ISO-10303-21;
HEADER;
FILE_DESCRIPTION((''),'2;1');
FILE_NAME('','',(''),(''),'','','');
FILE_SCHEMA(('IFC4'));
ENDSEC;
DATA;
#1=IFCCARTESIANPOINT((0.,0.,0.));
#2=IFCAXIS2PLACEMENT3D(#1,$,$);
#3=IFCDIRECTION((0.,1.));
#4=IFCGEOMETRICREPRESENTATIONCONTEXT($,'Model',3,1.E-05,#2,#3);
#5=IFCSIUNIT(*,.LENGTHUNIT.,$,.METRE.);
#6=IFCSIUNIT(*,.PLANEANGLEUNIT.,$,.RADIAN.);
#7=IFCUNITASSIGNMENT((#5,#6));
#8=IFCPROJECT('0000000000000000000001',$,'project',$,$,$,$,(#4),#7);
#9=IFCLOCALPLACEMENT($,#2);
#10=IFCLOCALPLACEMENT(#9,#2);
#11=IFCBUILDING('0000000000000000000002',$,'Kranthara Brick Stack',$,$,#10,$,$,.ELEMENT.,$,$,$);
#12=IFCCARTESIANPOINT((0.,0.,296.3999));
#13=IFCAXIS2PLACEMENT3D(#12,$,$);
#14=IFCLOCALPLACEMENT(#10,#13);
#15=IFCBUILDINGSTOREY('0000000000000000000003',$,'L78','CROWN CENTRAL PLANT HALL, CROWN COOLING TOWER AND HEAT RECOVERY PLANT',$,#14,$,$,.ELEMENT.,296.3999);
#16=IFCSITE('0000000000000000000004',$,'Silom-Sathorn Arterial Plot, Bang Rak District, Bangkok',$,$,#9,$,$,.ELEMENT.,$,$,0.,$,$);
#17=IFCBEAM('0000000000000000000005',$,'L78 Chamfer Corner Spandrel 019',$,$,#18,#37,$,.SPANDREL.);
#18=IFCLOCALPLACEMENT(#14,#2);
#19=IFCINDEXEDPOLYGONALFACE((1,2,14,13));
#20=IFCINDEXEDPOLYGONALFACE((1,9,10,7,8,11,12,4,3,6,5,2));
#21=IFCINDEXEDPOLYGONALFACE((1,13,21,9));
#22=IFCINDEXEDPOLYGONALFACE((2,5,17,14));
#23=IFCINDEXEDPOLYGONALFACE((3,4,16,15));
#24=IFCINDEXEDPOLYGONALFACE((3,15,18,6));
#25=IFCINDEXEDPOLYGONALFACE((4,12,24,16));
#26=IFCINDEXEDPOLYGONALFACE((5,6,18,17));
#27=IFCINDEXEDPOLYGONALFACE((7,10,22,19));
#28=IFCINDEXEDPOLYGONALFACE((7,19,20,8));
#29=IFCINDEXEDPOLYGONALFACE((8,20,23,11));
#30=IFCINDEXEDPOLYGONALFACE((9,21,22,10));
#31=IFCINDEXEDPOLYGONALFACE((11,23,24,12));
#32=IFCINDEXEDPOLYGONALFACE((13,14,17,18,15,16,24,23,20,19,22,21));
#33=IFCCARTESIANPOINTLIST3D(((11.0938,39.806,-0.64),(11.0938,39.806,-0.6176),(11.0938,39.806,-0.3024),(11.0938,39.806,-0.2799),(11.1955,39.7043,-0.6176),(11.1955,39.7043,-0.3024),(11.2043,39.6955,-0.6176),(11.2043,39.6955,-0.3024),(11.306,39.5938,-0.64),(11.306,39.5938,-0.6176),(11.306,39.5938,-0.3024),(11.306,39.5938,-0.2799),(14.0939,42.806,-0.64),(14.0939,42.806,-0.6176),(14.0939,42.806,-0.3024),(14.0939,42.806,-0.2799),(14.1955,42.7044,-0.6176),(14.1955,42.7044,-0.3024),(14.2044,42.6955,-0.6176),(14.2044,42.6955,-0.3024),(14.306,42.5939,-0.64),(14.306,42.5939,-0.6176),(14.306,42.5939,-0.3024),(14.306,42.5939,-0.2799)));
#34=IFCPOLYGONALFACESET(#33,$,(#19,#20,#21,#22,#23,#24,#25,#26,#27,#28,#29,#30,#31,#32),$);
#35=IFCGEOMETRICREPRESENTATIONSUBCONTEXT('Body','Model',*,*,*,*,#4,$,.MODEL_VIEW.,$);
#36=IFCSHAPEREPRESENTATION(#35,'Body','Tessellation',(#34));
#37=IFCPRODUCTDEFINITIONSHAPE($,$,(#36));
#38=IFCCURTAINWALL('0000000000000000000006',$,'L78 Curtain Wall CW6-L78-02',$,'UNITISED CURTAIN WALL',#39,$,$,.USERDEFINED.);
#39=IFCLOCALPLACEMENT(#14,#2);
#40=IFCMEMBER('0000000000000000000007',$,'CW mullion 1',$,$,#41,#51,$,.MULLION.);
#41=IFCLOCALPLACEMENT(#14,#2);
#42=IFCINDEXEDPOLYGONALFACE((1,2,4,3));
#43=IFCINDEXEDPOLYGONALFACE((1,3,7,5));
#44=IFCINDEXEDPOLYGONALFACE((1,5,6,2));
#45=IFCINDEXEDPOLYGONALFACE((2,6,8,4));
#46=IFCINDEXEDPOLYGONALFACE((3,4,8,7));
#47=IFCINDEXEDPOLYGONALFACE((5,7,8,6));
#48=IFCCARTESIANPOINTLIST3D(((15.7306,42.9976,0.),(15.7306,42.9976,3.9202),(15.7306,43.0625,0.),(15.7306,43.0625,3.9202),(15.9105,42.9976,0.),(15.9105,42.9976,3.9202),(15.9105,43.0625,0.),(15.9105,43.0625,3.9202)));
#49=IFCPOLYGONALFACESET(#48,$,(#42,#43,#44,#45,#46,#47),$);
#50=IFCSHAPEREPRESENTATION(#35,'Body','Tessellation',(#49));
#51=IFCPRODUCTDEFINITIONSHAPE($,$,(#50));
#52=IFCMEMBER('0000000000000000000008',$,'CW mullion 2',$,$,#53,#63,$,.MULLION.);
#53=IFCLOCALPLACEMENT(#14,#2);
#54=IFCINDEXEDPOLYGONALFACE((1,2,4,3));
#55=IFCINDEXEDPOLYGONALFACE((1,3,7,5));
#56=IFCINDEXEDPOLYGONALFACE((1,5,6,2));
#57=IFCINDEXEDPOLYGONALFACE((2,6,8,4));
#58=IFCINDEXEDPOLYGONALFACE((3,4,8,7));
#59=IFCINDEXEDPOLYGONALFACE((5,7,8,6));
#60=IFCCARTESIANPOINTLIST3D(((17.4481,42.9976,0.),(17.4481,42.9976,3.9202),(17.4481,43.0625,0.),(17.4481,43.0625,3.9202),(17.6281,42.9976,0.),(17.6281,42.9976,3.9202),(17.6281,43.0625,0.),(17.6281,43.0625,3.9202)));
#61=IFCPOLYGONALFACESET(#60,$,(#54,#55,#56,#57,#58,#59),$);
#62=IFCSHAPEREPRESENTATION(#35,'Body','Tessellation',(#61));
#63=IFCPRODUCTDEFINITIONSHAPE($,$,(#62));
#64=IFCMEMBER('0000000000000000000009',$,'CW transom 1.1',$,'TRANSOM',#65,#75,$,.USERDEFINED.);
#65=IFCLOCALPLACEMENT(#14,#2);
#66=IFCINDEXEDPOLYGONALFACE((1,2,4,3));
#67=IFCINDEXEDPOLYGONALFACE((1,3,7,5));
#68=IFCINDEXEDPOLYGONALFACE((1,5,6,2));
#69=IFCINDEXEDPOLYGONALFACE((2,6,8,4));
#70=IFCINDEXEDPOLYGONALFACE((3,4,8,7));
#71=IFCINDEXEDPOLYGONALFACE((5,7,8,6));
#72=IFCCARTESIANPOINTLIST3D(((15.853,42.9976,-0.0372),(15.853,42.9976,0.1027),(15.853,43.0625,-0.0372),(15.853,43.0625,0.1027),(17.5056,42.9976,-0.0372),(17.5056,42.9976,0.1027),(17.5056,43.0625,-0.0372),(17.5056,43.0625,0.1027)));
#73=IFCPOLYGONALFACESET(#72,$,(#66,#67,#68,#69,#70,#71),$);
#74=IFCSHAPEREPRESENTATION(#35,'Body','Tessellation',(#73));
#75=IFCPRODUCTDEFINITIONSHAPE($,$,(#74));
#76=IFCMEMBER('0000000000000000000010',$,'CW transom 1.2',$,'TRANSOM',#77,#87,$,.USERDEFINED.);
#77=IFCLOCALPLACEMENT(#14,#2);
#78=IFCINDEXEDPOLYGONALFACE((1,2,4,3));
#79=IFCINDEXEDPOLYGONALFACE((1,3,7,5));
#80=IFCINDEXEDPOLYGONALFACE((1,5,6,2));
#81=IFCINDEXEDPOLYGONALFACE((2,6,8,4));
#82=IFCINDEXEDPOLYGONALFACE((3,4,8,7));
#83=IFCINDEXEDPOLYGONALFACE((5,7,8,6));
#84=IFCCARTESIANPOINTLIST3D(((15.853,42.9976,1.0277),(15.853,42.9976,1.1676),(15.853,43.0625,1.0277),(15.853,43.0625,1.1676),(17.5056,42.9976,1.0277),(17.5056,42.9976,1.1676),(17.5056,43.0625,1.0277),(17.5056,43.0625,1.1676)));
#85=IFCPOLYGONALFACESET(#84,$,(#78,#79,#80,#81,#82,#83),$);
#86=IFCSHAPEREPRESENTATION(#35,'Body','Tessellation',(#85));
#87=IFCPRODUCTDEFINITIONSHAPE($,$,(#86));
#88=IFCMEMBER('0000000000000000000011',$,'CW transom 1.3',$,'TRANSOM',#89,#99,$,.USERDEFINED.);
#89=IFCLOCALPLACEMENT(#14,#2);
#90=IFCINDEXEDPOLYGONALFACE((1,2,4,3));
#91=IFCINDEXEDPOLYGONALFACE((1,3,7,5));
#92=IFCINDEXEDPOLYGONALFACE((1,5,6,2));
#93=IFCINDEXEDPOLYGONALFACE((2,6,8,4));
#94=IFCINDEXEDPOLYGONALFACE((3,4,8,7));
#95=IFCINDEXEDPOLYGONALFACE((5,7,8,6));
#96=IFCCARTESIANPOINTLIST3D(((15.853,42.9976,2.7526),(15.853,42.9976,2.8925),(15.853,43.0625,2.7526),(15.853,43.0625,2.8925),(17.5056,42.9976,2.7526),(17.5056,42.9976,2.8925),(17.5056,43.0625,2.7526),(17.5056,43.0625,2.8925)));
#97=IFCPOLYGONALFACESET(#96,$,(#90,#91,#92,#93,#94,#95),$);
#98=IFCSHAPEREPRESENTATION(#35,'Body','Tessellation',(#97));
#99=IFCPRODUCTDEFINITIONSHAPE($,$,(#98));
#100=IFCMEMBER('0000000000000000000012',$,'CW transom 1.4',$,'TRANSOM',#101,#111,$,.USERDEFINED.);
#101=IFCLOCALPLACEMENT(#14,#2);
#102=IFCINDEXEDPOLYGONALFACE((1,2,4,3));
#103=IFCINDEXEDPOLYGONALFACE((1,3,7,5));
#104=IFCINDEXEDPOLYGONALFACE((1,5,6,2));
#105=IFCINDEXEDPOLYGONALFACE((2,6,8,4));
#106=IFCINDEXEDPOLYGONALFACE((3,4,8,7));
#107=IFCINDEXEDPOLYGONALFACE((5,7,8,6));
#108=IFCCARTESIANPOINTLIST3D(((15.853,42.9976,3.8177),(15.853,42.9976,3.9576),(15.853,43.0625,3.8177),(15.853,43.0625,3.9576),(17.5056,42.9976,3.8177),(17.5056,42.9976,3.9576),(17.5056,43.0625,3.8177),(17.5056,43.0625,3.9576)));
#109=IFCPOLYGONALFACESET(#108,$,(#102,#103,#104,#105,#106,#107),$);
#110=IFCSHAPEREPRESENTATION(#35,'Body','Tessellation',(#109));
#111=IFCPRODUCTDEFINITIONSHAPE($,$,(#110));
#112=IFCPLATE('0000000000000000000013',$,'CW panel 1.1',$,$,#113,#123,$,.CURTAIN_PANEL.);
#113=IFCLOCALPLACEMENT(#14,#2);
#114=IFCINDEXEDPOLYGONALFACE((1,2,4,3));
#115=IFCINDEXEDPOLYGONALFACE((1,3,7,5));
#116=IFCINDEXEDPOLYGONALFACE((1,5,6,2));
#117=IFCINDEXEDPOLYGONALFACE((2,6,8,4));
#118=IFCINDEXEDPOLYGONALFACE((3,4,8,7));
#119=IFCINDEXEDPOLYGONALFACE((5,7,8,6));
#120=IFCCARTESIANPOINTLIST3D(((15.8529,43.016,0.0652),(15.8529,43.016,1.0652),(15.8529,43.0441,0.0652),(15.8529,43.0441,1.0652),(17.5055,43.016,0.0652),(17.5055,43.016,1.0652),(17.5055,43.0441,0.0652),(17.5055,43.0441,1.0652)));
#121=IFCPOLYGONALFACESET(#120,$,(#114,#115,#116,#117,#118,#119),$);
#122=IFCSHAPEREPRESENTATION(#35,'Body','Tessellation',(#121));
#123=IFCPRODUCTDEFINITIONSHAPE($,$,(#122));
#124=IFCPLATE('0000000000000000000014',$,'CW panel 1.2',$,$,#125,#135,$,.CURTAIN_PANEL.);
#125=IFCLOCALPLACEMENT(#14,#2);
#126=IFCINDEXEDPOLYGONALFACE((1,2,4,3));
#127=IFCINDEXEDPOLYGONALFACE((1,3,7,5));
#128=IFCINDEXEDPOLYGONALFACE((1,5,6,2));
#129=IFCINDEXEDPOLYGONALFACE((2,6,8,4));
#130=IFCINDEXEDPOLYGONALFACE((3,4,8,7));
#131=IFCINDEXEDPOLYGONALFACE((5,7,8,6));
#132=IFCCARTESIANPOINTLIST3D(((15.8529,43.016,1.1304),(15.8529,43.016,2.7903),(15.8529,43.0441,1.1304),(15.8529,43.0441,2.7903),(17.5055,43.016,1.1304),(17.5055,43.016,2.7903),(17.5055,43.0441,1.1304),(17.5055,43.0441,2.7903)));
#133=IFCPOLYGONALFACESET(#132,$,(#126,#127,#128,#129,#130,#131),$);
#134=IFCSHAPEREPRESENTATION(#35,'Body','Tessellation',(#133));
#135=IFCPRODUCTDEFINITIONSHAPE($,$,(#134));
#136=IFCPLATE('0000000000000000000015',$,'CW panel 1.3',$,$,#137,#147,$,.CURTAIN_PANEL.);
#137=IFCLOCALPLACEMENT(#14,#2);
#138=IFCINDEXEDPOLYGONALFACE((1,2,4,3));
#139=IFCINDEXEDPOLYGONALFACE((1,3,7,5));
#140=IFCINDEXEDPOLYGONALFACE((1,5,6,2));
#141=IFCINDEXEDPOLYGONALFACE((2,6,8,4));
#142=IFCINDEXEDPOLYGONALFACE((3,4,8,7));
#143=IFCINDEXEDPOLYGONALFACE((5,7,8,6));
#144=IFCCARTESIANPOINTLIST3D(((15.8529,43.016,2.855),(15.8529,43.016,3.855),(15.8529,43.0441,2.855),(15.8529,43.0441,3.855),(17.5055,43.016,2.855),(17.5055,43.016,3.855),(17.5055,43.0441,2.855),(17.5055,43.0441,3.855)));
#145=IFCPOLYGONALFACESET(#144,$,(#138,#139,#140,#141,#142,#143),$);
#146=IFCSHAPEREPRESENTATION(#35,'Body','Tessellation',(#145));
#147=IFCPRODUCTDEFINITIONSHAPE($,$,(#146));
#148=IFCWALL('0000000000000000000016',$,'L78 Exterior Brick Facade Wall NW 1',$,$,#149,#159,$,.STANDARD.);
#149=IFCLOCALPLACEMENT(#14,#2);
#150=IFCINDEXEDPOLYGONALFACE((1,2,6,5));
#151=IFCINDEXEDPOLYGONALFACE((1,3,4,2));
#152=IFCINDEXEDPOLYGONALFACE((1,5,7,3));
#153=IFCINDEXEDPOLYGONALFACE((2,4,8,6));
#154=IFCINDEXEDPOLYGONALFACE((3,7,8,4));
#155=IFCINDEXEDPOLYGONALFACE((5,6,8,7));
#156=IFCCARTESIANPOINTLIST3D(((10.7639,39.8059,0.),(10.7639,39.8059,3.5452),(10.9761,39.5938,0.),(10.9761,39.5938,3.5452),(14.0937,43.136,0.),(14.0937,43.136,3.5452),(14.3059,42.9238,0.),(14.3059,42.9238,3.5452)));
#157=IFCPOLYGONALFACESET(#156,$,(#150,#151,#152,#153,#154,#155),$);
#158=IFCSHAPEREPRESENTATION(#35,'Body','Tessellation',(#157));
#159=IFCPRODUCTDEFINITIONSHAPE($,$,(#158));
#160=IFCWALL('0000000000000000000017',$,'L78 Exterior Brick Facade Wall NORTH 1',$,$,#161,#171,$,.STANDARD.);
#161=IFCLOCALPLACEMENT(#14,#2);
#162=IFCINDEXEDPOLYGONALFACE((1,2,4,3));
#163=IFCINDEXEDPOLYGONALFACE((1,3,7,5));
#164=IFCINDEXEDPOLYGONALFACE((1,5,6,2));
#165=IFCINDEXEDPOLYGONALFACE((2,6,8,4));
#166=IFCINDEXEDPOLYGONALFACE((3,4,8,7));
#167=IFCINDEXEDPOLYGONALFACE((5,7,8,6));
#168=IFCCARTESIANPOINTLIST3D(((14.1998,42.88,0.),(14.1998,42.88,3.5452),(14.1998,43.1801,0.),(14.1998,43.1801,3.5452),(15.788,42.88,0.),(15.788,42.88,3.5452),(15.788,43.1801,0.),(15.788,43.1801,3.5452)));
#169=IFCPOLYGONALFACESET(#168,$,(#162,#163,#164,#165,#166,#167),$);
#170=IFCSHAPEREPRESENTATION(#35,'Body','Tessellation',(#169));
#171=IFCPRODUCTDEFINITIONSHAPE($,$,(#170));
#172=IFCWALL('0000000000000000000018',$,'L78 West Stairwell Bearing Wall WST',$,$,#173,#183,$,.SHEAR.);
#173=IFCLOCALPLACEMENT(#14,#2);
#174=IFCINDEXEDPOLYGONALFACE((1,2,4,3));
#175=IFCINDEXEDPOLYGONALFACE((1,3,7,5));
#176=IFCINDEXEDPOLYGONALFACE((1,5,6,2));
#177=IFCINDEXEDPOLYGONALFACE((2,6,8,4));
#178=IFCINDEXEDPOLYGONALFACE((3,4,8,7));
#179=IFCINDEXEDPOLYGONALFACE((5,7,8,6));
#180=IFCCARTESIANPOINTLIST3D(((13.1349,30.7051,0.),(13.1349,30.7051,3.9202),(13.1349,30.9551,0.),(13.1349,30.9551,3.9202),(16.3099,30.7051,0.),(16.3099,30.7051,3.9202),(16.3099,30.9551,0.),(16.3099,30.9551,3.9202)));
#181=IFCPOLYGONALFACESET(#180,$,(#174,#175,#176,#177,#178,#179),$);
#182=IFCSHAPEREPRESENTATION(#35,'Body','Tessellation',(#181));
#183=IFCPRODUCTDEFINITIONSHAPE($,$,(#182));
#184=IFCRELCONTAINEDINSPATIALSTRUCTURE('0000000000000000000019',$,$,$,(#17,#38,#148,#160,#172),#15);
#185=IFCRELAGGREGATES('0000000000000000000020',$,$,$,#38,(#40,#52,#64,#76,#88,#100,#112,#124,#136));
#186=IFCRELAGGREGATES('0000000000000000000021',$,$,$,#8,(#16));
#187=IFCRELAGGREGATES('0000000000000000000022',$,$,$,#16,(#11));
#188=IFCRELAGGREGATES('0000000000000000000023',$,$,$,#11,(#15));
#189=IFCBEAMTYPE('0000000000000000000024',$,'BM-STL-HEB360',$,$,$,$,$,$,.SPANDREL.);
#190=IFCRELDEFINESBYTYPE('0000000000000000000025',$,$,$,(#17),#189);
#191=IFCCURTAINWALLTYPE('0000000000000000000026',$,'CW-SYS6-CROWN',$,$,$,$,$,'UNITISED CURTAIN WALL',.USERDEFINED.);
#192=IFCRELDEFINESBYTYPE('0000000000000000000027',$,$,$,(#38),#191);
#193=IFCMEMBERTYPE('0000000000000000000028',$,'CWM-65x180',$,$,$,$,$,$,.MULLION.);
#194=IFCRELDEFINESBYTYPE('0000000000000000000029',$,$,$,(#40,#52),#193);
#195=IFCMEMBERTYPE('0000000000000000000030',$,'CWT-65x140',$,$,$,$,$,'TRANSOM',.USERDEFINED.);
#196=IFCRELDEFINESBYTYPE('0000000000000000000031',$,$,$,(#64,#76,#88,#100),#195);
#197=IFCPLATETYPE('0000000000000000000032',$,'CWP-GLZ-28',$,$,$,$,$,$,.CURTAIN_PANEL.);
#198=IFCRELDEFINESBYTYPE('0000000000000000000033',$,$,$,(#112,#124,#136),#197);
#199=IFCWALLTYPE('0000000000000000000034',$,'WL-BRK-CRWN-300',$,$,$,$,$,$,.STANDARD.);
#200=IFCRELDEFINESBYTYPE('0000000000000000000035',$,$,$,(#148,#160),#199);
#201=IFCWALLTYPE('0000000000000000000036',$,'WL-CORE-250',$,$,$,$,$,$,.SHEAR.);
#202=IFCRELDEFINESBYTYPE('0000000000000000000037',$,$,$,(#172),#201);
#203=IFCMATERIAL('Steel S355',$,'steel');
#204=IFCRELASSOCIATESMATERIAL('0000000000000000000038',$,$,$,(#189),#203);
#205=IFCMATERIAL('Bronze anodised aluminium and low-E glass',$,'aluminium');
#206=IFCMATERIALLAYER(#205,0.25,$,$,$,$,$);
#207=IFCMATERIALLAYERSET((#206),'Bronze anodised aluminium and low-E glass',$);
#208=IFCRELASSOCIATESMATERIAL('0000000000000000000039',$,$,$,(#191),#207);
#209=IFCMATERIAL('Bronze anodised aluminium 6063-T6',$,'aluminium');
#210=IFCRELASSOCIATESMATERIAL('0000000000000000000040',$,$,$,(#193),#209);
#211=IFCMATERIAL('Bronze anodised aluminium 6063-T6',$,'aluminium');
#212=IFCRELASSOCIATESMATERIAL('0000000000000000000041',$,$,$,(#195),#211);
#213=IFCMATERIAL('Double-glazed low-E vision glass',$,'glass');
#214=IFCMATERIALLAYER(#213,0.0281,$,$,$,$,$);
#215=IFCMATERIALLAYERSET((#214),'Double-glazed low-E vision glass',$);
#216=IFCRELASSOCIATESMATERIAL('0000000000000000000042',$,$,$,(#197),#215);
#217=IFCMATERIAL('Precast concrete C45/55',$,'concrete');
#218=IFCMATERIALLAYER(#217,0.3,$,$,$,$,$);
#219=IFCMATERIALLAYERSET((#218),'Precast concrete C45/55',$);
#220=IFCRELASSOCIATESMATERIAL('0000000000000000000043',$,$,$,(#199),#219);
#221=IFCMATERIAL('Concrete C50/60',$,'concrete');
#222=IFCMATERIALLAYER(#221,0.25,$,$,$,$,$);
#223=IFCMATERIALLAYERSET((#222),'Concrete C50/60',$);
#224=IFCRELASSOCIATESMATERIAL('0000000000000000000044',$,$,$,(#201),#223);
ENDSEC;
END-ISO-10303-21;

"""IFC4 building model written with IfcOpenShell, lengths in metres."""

from ifc_helpers import new_model, si_unit, direction, frame, frame_2d, origin, origin_2d, place, context, subcontext, project, spatial, rectangle, i_section, extrude, material, layer, layer_set, material_profile, profile_set, type_object, element, aggregate, save


model = new_model("IFC4")

# Units and contexts
model_context = context("Model", 3, precision=1e-05, world=origin(), true_north=direction((0.0, 1.0)))
body_context = subcontext(model_context, "Body", "Model", "MODEL_VIEW")
ifc_project = project(units=[si_unit("LENGTHUNIT", "METRE"), si_unit("PLANEANGLEUNIT", "RADIAN")], contexts=[model_context])

# Site, building, storey
site_placement = place(None, origin())
site = spatial("IfcSite", under=ifc_project, at=site_placement, Name="Silom-Sathorn Arterial Plot, Bang Rak District, Bangkok", CompositionType="ELEMENT", RefElevation=0.0)
building_placement = place(site_placement, origin())
building = spatial("IfcBuilding", under=site, at=building_placement, Name="Kranthara Brick Stack", CompositionType="ELEMENT")
storey_placement = place(building_placement, frame((0.0, 0.0, 296.3999)))
storey = spatial("IfcBuildingStorey", under=building, at=storey_placement, Name="L78", Description="CROWN CENTRAL PLANT HALL, CROWN COOLING TOWER AND HEAT RECOVERY PLANT", CompositionType="ELEMENT", Elevation=296.3999)

# Beam
ifc_material_1 = material(Name="Steel S355", Category="steel")
ifc_material_profile_1 = material_profile(ifc_material_1, i_section(OverallWidth=0.3, OverallDepth=0.3601, WebThickness=0.0125, FlangeThickness=0.0225, at=origin_2d()), Name="HEB 360")
ifc_profile_set_1 = profile_set([ifc_material_profile_1], Name="Steel S355")
beam_type_1 = type_object("IfcBeamType", Name="BM-STL-HEB360", PredefinedType="SPANDREL", material=ifc_profile_set_1)
beam_1_placement = place(storey_placement, frame((14.2, 42.7, -0.46), z_axis=(-0.707107, -0.707107, 0.0), x_axis=(0.707107, -0.707107, 0.0)))
element("IfcBeam", 1, at=beam_1_placement, inside=storey, type_object=beam_type_1, Name="L78 Chamfer Corner Spandrel 019", PredefinedType="SPANDREL", context=body_context, shape_type="SweptSolid", body=[
    extrude(i_section(OverallWidth=0.3, OverallDepth=0.3601, WebThickness=0.0125, FlangeThickness=0.0225, at=origin_2d()), origin(), (0.0, 0.0, 1.0), 4.2427),
])

# Curtain wall, members, plates
ifc_material_2 = material(Name="Bronze anodised aluminium and low-E glass", Category="aluminium")
ifc_layer_1 = layer(ifc_material_2, 0.25)
ifc_layer_set_1 = layer_set([ifc_layer_1], Name="Bronze anodised aluminium and low-E glass")
curtain_wall_type = type_object("IfcCurtainWallType", Name="CW-SYS6-CROWN", ElementType="UNITISED CURTAIN WALL", PredefinedType="USERDEFINED", material=ifc_layer_set_1)
curtain_wall_placement = place(storey_placement, origin())
curtain_wall = element("IfcCurtainWall", 2, at=curtain_wall_placement, inside=storey, type_object=curtain_wall_type, Name="L78 Curtain Wall CW6-L78-02", ObjectType="UNITISED CURTAIN WALL", PredefinedType="USERDEFINED")
ifc_material_3 = material(Name="Bronze anodised aluminium 6063-T6", Category="aluminium")
ifc_material_profile_2 = material_profile(ifc_material_3, rectangle(XDim=0.0649, YDim=0.1799, at=origin_2d()), Name="ALU MULLION 65x180")
ifc_profile_set_2 = profile_set([ifc_material_profile_2], Name="Bronze anodised aluminium 6063-T6")
member_type_1 = type_object("IfcMemberType", Name="CWM-65x180", PredefinedType="MULLION", material=ifc_profile_set_2)
member_1_placement = place(storey_placement, frame((15.8206, 43.03, 0.0), z_axis=(0.0, 0.0, 1.0), x_axis=(0.0, 1.0, 0.0)))
member_1 = element("IfcMember", 3, at=member_1_placement, type_object=member_type_1, Name="CW mullion 1", PredefinedType="MULLION", context=body_context, shape_type="SweptSolid", body=[
    extrude(rectangle(XDim=0.0649, YDim=0.1799, at=origin_2d()), origin(), (0.0, 0.0, 1.0), 3.9202),
])
member_2_placement = place(storey_placement, frame((17.5381, 43.03, 0.0), z_axis=(0.0, 0.0, 1.0), x_axis=(0.0, 1.0, 0.0)))
member_2 = element("IfcMember", 4, at=member_2_placement, type_object=member_type_1, Name="CW mullion 2", PredefinedType="MULLION", context=body_context, shape_type="SweptSolid", body=[
    extrude(rectangle(XDim=0.0649, YDim=0.1799, at=origin_2d()), origin(), (0.0, 0.0, 1.0), 3.9202),
])
ifc_material_4 = material(Name="Bronze anodised aluminium 6063-T6", Category="aluminium")
ifc_material_profile_3 = material_profile(ifc_material_4, rectangle(XDim=0.0649, YDim=0.1399, at=origin_2d()), Name="ALU TRANSOM 65x140")
ifc_profile_set_3 = profile_set([ifc_material_profile_3], Name="Bronze anodised aluminium 6063-T6")
member_type_2 = type_object("IfcMemberType", Name="CWT-65x140", ElementType="TRANSOM", PredefinedType="USERDEFINED", material=ifc_profile_set_3)
member_3_placement = place(storey_placement, frame((15.853, 43.03, 0.0327), z_axis=(1.0, 0.0, 0.0), x_axis=(0.0, 1.0, 0.0)))
member_3 = element("IfcMember", 5, at=member_3_placement, type_object=member_type_2, Name="CW transom 1.1", ObjectType="TRANSOM", PredefinedType="USERDEFINED", context=body_context, shape_type="SweptSolid", body=[
    extrude(rectangle(XDim=0.0649, YDim=0.1399, at=origin_2d()), origin(), (0.0, 0.0, 1.0), 1.6526),
])
member_4_placement = place(storey_placement, frame((15.853, 43.03, 1.0977), z_axis=(1.0, 0.0, 0.0), x_axis=(0.0, 1.0, 0.0)))
member_4 = element("IfcMember", 6, at=member_4_placement, type_object=member_type_2, Name="CW transom 1.2", ObjectType="TRANSOM", PredefinedType="USERDEFINED", context=body_context, shape_type="SweptSolid", body=[
    extrude(rectangle(XDim=0.0649, YDim=0.1399, at=origin_2d()), origin(), (0.0, 0.0, 1.0), 1.6526),
])
member_5_placement = place(storey_placement, frame((15.853, 43.03, 2.8225), z_axis=(1.0, 0.0, 0.0), x_axis=(0.0, 1.0, 0.0)))
member_5 = element("IfcMember", 7, at=member_5_placement, type_object=member_type_2, Name="CW transom 1.3", ObjectType="TRANSOM", PredefinedType="USERDEFINED", context=body_context, shape_type="SweptSolid", body=[
    extrude(rectangle(XDim=0.0649, YDim=0.1399, at=origin_2d()), origin(), (0.0, 0.0, 1.0), 1.6526),
])
member_6_placement = place(storey_placement, frame((15.853, 43.03, 3.8877), z_axis=(1.0, 0.0, 0.0), x_axis=(0.0, 1.0, 0.0)))
member_6 = element("IfcMember", 8, at=member_6_placement, type_object=member_type_2, Name="CW transom 1.4", ObjectType="TRANSOM", PredefinedType="USERDEFINED", context=body_context, shape_type="SweptSolid", body=[
    extrude(rectangle(XDim=0.0649, YDim=0.1399, at=origin_2d()), origin(), (0.0, 0.0, 1.0), 1.6526),
])
ifc_material_5 = material(Name="Double-glazed low-E vision glass", Category="glass")
ifc_layer_2 = layer(ifc_material_5, 0.0281)
ifc_layer_set_2 = layer_set([ifc_layer_2], Name="Double-glazed low-E vision glass")
plate_type = type_object("IfcPlateType", Name="CWP-GLZ-28", PredefinedType="CURTAIN_PANEL", material=ifc_layer_set_2)
plate_1_placement = place(storey_placement, frame((16.6792, 43.03, 0.0652), z_axis=(0.0, 0.0, 1.0), x_axis=(1.0, 0.0, 0.0)))
plate_1 = element("IfcPlate", 9, at=plate_1_placement, type_object=plate_type, Name="CW panel 1.1", PredefinedType="CURTAIN_PANEL", context=body_context, shape_type="SweptSolid", body=[
    extrude(rectangle(XDim=1.6526, YDim=0.0281, at=origin_2d()), origin(), (0.0, 0.0, 1.0), 1.0),
])
plate_2_placement = place(storey_placement, frame((16.6792, 43.03, 1.1304), z_axis=(0.0, 0.0, 1.0), x_axis=(1.0, 0.0, 0.0)))
plate_2 = element("IfcPlate", 10, at=plate_2_placement, type_object=plate_type, Name="CW panel 1.2", PredefinedType="CURTAIN_PANEL", context=body_context, shape_type="SweptSolid", body=[
    extrude(rectangle(XDim=1.6526, YDim=0.0281, at=origin_2d()), origin(), (0.0, 0.0, 1.0), 1.6599),
])
plate_3_placement = place(storey_placement, frame((16.6792, 43.03, 2.855), z_axis=(0.0, 0.0, 1.0), x_axis=(1.0, 0.0, 0.0)))
plate_3 = element("IfcPlate", 11, at=plate_3_placement, type_object=plate_type, Name="CW panel 1.3", PredefinedType="CURTAIN_PANEL", context=body_context, shape_type="SweptSolid", body=[
    extrude(rectangle(XDim=1.6526, YDim=0.0281, at=origin_2d()), origin(), (0.0, 0.0, 1.0), 1.0),
])
aggregate(curtain_wall, [member_1, member_2, member_3, member_4, member_5, member_6, plate_1, plate_2, plate_3])

# Walls
ifc_material_6 = material(Name="Precast concrete C45/55", Category="concrete")
ifc_layer_3 = layer(ifc_material_6, 0.3)
ifc_layer_set_3 = layer_set([ifc_layer_3], Name="Precast concrete C45/55")
wall_type_1 = type_object("IfcWallType", Name="WL-BRK-CRWN-300", PredefinedType="STANDARD", material=ifc_layer_set_3)
wall_1_placement = place(storey_placement, frame((10.8701, 39.7, 0.0), z_axis=(0.0, 0.0, 1.0), x_axis=(0.707081, 0.707133, 0.0)))
element("IfcWall", 12, at=wall_1_placement, inside=storey, type_object=wall_type_1, Name="L78 Exterior Brick Facade Wall NW 1", PredefinedType="STANDARD", context=body_context, shape_type="SweptSolid", body=[
    extrude(rectangle(XDim=4.7092, YDim=0.3, at=frame_2d((2.3545, 0.0))), origin(), (0.0, 0.0, 1.0), 3.5452),
])
wall_2_placement = place(storey_placement, frame((14.2, 43.03, 0.0), z_axis=(0.0, 0.0, 1.0), x_axis=(1.0, 0.0, 0.0)))
element("IfcWall", 13, at=wall_2_placement, inside=storey, type_object=wall_type_1, Name="L78 Exterior Brick Facade Wall NORTH 1", PredefinedType="STANDARD", context=body_context, shape_type="SweptSolid", body=[
    extrude(rectangle(XDim=1.5881, YDim=0.3, at=frame_2d((0.7939, 0.0))), origin(), (0.0, 0.0, 1.0), 3.5452),
])
ifc_material_7 = material(Name="Concrete C50/60", Category="concrete")
ifc_layer_4 = layer(ifc_material_7, 0.25)
ifc_layer_set_4 = layer_set([ifc_layer_4], Name="Concrete C50/60")
wall_type_2 = type_object("IfcWallType", Name="WL-CORE-250", PredefinedType="SHEAR", material=ifc_layer_set_4)
wall_3_placement = place(storey_placement, frame((13.135, 30.8301, 0.0), z_axis=(0.0, 0.0, 1.0), x_axis=(1.0, 0.0, 0.0)))
element("IfcWall", 14, at=wall_3_placement, inside=storey, type_object=wall_type_2, Name="L78 West Stairwell Bearing Wall WST", PredefinedType="SHEAR", context=body_context, shape_type="SweptSolid", body=[
    extrude(rectangle(XDim=3.175, YDim=0.25, at=frame_2d((1.5874, 0.0))), origin(), (0.0, 0.0, 1.0), 3.9202),
])

save(model, "model.ifc")
